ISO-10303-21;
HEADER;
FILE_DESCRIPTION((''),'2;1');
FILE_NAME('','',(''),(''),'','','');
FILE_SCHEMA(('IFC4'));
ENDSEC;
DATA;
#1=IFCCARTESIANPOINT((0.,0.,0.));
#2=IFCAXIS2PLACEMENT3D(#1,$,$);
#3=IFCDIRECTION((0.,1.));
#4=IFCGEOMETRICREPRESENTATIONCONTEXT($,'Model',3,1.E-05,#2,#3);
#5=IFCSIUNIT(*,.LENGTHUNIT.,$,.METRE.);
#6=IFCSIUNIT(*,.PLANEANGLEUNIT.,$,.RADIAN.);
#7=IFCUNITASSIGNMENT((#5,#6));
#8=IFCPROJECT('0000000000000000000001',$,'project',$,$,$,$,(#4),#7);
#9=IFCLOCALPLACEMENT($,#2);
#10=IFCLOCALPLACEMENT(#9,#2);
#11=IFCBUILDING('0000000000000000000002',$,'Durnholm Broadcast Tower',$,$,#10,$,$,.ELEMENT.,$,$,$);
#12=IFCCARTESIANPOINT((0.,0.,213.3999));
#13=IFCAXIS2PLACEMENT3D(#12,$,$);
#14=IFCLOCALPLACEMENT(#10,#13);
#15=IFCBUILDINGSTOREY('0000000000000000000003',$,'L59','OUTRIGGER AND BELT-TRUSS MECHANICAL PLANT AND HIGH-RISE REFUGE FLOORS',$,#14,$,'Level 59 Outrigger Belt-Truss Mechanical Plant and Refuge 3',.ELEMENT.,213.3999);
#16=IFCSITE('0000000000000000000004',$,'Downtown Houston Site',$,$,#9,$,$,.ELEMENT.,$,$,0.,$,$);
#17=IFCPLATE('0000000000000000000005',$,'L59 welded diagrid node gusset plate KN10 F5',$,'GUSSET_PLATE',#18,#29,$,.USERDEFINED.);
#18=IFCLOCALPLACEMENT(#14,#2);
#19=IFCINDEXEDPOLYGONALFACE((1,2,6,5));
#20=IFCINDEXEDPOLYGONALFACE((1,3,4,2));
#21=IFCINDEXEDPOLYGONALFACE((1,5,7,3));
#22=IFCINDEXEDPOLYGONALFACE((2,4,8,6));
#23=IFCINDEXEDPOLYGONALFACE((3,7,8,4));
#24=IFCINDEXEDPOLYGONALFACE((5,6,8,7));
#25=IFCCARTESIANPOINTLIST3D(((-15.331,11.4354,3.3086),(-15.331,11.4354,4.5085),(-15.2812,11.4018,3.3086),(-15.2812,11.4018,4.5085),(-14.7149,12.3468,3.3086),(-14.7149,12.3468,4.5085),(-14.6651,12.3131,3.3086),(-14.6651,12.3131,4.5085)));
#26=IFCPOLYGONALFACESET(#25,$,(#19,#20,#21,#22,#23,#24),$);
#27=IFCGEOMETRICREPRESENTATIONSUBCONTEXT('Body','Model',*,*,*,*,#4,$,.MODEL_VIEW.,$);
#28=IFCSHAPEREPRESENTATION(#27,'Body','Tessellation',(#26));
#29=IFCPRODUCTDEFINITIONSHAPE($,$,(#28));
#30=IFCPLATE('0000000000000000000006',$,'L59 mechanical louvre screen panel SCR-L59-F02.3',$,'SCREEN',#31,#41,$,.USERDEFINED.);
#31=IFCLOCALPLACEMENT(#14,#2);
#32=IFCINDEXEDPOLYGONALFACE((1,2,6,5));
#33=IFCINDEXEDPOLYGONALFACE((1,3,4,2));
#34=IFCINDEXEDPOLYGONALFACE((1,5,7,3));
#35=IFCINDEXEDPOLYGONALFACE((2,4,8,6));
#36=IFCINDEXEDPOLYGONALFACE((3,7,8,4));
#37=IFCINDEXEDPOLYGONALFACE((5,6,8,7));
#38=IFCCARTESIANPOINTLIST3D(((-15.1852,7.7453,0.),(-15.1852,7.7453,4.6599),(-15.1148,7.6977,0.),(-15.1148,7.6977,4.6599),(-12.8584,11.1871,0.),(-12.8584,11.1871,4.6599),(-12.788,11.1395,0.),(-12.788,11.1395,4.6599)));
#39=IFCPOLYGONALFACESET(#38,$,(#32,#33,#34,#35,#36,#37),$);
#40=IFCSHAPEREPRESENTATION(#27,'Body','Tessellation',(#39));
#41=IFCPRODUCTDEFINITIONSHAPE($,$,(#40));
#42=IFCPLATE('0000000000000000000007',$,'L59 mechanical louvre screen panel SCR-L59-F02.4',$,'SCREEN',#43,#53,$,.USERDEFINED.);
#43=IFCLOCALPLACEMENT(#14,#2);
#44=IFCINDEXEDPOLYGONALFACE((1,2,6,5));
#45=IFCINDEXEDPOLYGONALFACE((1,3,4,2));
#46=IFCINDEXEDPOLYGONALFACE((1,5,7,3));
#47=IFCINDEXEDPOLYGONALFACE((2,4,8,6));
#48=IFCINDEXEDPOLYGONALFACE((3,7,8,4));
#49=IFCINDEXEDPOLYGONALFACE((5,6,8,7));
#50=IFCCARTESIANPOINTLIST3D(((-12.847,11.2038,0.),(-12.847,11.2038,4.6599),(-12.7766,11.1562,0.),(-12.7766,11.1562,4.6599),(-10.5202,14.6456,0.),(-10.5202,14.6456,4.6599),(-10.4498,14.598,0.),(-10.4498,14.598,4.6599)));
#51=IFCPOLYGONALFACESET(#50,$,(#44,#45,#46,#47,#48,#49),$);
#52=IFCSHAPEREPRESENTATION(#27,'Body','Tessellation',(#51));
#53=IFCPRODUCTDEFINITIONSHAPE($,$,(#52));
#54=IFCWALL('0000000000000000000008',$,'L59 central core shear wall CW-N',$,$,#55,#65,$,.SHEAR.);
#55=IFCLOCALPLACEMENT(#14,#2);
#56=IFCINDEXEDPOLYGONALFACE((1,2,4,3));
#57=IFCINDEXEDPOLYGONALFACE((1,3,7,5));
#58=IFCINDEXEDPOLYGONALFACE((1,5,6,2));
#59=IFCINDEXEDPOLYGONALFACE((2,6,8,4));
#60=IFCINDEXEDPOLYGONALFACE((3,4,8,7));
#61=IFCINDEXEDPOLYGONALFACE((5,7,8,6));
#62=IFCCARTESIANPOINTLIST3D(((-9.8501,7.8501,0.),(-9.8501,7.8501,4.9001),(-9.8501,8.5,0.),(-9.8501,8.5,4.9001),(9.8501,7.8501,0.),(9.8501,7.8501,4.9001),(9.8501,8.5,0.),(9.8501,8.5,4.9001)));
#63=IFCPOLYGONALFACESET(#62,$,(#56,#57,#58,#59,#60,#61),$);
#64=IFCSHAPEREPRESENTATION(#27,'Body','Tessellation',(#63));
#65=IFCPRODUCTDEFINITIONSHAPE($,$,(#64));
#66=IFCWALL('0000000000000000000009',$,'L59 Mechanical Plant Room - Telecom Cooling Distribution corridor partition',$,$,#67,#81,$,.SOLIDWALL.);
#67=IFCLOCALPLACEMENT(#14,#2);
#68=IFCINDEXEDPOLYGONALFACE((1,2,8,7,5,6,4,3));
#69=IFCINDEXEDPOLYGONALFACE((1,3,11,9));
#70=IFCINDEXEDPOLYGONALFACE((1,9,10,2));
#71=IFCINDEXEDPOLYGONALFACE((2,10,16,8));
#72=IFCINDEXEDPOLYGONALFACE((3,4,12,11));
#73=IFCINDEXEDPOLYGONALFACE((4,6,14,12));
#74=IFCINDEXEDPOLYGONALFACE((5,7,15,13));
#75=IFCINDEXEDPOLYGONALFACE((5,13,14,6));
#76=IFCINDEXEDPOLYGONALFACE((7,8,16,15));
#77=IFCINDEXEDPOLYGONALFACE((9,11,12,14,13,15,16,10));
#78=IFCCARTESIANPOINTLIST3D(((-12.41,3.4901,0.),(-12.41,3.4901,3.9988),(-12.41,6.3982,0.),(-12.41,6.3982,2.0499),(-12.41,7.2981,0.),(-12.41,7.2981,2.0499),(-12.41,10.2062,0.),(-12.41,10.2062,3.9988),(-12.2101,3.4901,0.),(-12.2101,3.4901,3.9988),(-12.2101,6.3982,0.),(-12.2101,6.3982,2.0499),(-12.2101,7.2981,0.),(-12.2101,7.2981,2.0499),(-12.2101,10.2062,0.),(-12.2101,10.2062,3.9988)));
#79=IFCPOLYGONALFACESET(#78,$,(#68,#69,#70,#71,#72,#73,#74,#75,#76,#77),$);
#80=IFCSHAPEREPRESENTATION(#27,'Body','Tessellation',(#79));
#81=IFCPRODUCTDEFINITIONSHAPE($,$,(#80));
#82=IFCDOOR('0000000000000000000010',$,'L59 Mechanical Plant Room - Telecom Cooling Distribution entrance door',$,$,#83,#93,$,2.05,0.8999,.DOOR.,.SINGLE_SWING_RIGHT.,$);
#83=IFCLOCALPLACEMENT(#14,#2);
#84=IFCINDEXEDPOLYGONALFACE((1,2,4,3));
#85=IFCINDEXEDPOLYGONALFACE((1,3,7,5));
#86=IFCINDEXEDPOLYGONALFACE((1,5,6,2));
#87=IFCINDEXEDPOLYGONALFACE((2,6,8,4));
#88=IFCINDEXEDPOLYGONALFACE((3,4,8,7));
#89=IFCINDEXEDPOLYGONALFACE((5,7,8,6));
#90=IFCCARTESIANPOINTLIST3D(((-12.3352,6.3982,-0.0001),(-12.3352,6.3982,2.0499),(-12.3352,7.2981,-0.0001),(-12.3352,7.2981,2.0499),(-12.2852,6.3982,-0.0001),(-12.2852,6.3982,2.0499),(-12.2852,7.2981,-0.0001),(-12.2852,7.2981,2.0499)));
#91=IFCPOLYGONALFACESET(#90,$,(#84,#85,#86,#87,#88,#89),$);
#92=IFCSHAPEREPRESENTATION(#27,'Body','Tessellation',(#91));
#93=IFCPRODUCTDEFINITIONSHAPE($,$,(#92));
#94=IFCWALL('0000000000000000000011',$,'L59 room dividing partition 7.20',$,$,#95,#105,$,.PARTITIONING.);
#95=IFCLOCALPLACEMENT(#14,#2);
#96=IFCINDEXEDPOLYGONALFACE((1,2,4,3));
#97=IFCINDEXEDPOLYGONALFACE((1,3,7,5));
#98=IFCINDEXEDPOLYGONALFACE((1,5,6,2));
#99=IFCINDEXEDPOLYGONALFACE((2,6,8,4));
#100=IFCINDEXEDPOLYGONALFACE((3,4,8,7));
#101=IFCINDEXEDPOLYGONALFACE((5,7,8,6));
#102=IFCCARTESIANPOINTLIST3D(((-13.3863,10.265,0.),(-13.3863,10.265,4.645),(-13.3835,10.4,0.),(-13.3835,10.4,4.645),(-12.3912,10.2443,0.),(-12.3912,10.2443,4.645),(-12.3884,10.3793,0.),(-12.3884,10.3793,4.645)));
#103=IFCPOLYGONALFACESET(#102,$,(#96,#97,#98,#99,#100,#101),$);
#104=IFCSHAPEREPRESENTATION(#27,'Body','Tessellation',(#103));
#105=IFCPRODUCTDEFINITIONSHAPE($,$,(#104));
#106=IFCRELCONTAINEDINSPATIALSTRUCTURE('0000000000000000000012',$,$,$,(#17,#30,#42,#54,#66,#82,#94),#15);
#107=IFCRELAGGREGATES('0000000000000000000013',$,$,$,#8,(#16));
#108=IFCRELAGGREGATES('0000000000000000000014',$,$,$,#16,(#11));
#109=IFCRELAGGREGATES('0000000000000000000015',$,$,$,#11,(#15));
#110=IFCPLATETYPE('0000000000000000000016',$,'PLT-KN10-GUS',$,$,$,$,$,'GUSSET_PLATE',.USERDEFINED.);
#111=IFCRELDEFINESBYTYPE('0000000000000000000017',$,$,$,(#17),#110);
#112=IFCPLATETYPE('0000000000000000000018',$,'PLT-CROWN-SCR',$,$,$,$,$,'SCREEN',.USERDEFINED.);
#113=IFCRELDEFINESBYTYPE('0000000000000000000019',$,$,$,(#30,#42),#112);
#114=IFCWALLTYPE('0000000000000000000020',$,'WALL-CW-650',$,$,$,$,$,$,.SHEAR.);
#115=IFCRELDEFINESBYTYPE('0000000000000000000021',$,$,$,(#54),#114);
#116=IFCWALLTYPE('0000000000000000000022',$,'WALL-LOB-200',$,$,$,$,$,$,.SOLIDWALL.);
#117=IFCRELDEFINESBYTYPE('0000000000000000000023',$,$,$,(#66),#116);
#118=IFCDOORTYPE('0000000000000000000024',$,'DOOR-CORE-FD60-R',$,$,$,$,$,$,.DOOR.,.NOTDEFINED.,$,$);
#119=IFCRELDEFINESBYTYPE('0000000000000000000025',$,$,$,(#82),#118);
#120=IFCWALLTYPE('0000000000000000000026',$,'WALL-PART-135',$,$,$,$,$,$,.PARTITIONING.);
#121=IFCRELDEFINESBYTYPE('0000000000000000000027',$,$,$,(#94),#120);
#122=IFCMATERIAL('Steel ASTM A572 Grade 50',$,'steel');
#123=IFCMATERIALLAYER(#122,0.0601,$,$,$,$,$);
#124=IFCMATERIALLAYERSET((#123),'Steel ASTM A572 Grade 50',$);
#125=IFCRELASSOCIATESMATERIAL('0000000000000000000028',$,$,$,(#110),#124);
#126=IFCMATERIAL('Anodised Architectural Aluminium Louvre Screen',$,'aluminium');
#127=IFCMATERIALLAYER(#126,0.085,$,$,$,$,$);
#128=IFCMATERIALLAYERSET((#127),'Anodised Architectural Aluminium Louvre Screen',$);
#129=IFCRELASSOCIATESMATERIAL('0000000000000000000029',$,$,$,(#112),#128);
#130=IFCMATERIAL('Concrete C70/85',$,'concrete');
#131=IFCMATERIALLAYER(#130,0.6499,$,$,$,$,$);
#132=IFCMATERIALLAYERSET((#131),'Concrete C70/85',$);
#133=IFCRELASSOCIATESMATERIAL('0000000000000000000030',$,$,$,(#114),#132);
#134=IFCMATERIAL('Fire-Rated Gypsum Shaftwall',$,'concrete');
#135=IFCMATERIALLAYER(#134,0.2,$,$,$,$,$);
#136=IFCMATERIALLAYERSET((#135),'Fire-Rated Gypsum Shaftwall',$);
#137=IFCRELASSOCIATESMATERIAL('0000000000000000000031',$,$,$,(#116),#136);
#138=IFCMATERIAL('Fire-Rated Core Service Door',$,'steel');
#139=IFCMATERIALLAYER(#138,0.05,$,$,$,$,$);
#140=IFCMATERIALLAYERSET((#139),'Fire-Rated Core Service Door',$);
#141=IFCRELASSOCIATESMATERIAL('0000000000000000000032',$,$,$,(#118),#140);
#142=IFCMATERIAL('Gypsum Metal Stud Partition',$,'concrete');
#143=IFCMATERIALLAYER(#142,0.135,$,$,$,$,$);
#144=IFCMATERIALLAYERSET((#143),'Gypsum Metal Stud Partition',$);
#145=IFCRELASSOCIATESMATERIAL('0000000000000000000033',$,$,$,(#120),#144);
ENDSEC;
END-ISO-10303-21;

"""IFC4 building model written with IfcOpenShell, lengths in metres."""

from ifc_helpers import new_model, si_unit, direction, frame, frame_2d, origin, origin_2d, place, context, subcontext, project, spatial, rectangle, extrude, source, transform, mapped, material, layer, layer_set, type_object, type_shapes, element, fill, save


model = new_model("IFC4")

# Units and contexts
model_context = context("Model", 3, precision=1e-05, world=origin(), true_north=direction((0.0, 1.0)))
body_context = subcontext(model_context, "Body", "Model", "MODEL_VIEW")
ifc_project = project(units=[si_unit("LENGTHUNIT", "METRE"), si_unit("PLANEANGLEUNIT", "RADIAN")], contexts=[model_context])

# Site, building, storey
site_placement = place(None, origin())
site = spatial("IfcSite", under=ifc_project, at=site_placement, Name="Downtown Houston Site", CompositionType="ELEMENT", RefElevation=0.0)
building_placement = place(site_placement, origin())
building = spatial("IfcBuilding", under=site, at=building_placement, Name="Durnholm Broadcast Tower", CompositionType="ELEMENT")
storey_placement = place(building_placement, frame((0.0, 0.0, 213.3999)))
storey = spatial("IfcBuildingStorey", under=building, at=storey_placement, Name="L59", Description="OUTRIGGER AND BELT-TRUSS MECHANICAL PLANT AND HIGH-RISE REFUGE FLOORS", LongName="Level 59 Outrigger Belt-Truss Mechanical Plant and Refuge 3", CompositionType="ELEMENT", Elevation=213.3999)

# Shared definitions
ifc_material_1 = material(Name="Concrete C70/85", Category="concrete")

# Plates
ifc_material_2 = material(Name="Steel ASTM A572 Grade 50", Category="steel")
ifc_layer_1 = layer(ifc_material_2, 0.0601)
ifc_layer_set_1 = layer_set([ifc_layer_1], Name="Steel ASTM A572 Grade 50")
plate_type_1 = type_object("IfcPlateType", Name="PLT-KN10-GUS", ElementType="GUSSET_PLATE", PredefinedType="USERDEFINED", material=ifc_layer_set_1)
shared_shape_1 = source(origin(), body_context, "Body", "SweptSolid", [
    extrude(rectangle(XDim=1.1001, YDim=0.0601, at=origin_2d()), origin(), (0.0, 0.0, 1.0), 1.2),
])
type_shapes(plate_type_1, [shared_shape_1])
plate_1_placement = place(storey_placement, frame((-14.998, 11.8743, 3.3086), z_axis=(0.0, 0.0, 1.0), x_axis=(-0.560061, -0.828452, 0.0)))
element("IfcPlate", 1, at=plate_1_placement, inside=storey, type_object=plate_type_1, Name="L59 welded diagrid node gusset plate KN10 F5", ObjectType="GUSSET_PLATE", PredefinedType="USERDEFINED", context=body_context, shape_type="MappedRepresentation", body=[
    mapped(shared_shape_1, transform((0.0, 0.0, 0.0), x_axis=(1.0, 0.0, 0.0), y_axis=(0.0, 1.0, 0.0), z_axis=(0.0, 0.0, 1.0), scale=1.0)),
])
ifc_material_3 = material(Name="Anodised Architectural Aluminium Louvre Screen", Category="aluminium")
ifc_layer_2 = layer(ifc_material_3, 0.085)
ifc_layer_set_2 = layer_set([ifc_layer_2], Name="Anodised Architectural Aluminium Louvre Screen")
plate_type_2 = type_object("IfcPlateType", Name="PLT-CROWN-SCR", ElementType="SCREEN", PredefinedType="USERDEFINED", material=ifc_layer_set_2)
shared_shape_2 = source(origin(), body_context, "Body", "SweptSolid", [
    extrude(rectangle(XDim=4.1545, YDim=0.085, at=origin_2d()), origin(), (0.0, 0.0, 1.0), 4.6599),
])
type_shapes(plate_type_2, [shared_shape_2])
for number, where, z_axis, x_axis, name in (
    (2, (-13.9866, 9.4424, 0.0), (0.0, 0.0, 1.0), (0.560061, 0.828452, 0.0), "L59 mechanical louvre screen panel SCR-L59-F02.3"),
    (3, (-11.6484, 12.9009, 0.0), (0.0, 0.0, 1.0), (0.560061, 0.828452, 0.0), "L59 mechanical louvre screen panel SCR-L59-F02.4"),
):
    element("IfcPlate", number, at=place(storey_placement, frame(where, z_axis=z_axis, x_axis=x_axis)), inside=storey, type_object=plate_type_2, Name=name, ObjectType="SCREEN", PredefinedType="USERDEFINED", context=body_context, shape_type="MappedRepresentation", body=[
        mapped(shared_shape_2, transform((0.0, 0.0, 0.0), x_axis=(1.0, 0.0, 0.0), y_axis=(0.0, 1.0, 0.0), z_axis=(0.0, 0.0, 1.0), scale=1.0)),
    ])

# Wall
ifc_layer_3 = layer(ifc_material_1, 0.6499)
ifc_layer_set_3 = layer_set([ifc_layer_3], Name="Concrete C70/85")
wall_type_1 = type_object("IfcWallType", Name="WALL-CW-650", PredefinedType="SHEAR", material=ifc_layer_set_3)
wall_1_placement = place(storey_placement, frame((-9.8501, 8.175, 0.0), z_axis=(0.0, 0.0, 1.0), x_axis=(1.0, 0.0, 0.0)))
element("IfcWall", 4, at=wall_1_placement, inside=storey, type_object=wall_type_1, Name="L59 central core shear wall CW-N", PredefinedType="SHEAR", context=body_context, shape_type="SweptSolid", body=[
    extrude(rectangle(XDim=19.7002, YDim=0.6499, at=frame_2d((9.8501, 0.0))), origin(), (0.0, 0.0, 1.0), 4.9001),
])

# Wall, opening, door
ifc_material_4 = material(Name="Fire-Rated Gypsum Shaftwall", Category="concrete")
ifc_layer_4 = layer(ifc_material_4, 0.2)
ifc_layer_set_4 = layer_set([ifc_layer_4], Name="Fire-Rated Gypsum Shaftwall")
wall_type_2 = type_object("IfcWallType", Name="WALL-LOB-200", PredefinedType="SOLIDWALL", material=ifc_layer_set_4)
wall_2_placement = place(storey_placement, frame((-12.3101, 10.2061, 0.0), z_axis=(0.0, 0.0, 1.0), x_axis=(0.0, -1.0, 0.0)))
wall_2 = element("IfcWall", 5, at=wall_2_placement, inside=storey, type_object=wall_type_2, Name="L59 Mechanical Plant Room - Telecom Cooling Distribution corridor partition", PredefinedType="SOLIDWALL", context=body_context, shape_type="SweptSolid", body=[
    extrude(rectangle(XDim=6.7161, YDim=0.2, at=frame_2d((3.3579, 0.0))), origin(), (0.0, 0.0, 1.0), 3.9988),
])
opening_placement = place(wall_2_placement, frame((2.908, 0.0, 0.0)))
opening = element("IfcOpeningElement", 6, at=opening_placement, cuts=wall_2, PredefinedType="OPENING", context=body_context, shape_type="SweptSolid", body=[
    extrude(rectangle(XDim=0.8999, YDim=2.05, at=frame_2d((0.45, 1.0249))), frame((0.0, 0.1099, 0.0), z_axis=(0.0, -1.0, 0.0), x_axis=(1.0, 0.0, 0.0)), (0.0, 0.0, 1.0), 0.22),
])
ifc_material_5 = material(Name="Fire-Rated Core Service Door", Category="steel")
ifc_layer_5 = layer(ifc_material_5, 0.05)
ifc_layer_set_5 = layer_set([ifc_layer_5], Name="Fire-Rated Core Service Door")
door_type = type_object("IfcDoorType", Name="DOOR-CORE-FD60-R", OperationType="NOTDEFINED", PredefinedType="DOOR", material=ifc_layer_set_5)
shared_shape_3 = source(origin(), body_context, "Body", "SweptSolid", [
    extrude(rectangle(XDim=0.8999, YDim=2.05, at=frame_2d((0.45, 1.0249))), frame((0.0, 0.0249, 0.0), z_axis=(0.0, -1.0, 0.0), x_axis=(1.0, 0.0, 0.0)), (0.0, 0.0, 1.0), 0.05),
])
type_shapes(door_type, [shared_shape_3])
door_placement = place(opening_placement, origin())
door = element("IfcDoor", 7, at=door_placement, inside=storey, type_object=door_type, Name="L59 Mechanical Plant Room - Telecom Cooling Distribution entrance door", OperationType="SINGLE_SWING_RIGHT", OverallHeight=2.05, OverallWidth=0.8999, PredefinedType="DOOR", context=body_context, shape_type="MappedRepresentation", body=[
    mapped(shared_shape_3, transform((0.0, 0.0, 0.0), x_axis=(1.0, 0.0, 0.0), y_axis=(0.0, 1.0, 0.0), z_axis=(0.0, 0.0, 1.0), scale=1.0)),
])
fill(opening, door)

# Wall
ifc_material_6 = material(Name="Gypsum Metal Stud Partition", Category="concrete")
ifc_layer_6 = layer(ifc_material_6, 0.135)
ifc_layer_set_6 = layer_set([ifc_layer_6], Name="Gypsum Metal Stud Partition")
wall_type_3 = type_object("IfcWallType", Name="WALL-PART-135", PredefinedType="PARTITIONING", material=ifc_layer_set_6)
wall_3_placement = place(storey_placement, frame((-12.3899, 10.3118, 0.0), z_axis=(0.0, 0.0, 1.0), x_axis=(-0.999783, 0.020849, 0.0)))
element("IfcWall", 8, at=wall_3_placement, inside=storey, type_object=wall_type_3, Name="L59 room dividing partition 7.20", PredefinedType="PARTITIONING", context=body_context, shape_type="SweptSolid", body=[
    extrude(rectangle(XDim=0.9954, YDim=0.135, at=frame_2d((0.4976, 0.0))), origin(), (0.0, 0.0, 1.0), 4.645),
])

save(model, "model.ifc")
